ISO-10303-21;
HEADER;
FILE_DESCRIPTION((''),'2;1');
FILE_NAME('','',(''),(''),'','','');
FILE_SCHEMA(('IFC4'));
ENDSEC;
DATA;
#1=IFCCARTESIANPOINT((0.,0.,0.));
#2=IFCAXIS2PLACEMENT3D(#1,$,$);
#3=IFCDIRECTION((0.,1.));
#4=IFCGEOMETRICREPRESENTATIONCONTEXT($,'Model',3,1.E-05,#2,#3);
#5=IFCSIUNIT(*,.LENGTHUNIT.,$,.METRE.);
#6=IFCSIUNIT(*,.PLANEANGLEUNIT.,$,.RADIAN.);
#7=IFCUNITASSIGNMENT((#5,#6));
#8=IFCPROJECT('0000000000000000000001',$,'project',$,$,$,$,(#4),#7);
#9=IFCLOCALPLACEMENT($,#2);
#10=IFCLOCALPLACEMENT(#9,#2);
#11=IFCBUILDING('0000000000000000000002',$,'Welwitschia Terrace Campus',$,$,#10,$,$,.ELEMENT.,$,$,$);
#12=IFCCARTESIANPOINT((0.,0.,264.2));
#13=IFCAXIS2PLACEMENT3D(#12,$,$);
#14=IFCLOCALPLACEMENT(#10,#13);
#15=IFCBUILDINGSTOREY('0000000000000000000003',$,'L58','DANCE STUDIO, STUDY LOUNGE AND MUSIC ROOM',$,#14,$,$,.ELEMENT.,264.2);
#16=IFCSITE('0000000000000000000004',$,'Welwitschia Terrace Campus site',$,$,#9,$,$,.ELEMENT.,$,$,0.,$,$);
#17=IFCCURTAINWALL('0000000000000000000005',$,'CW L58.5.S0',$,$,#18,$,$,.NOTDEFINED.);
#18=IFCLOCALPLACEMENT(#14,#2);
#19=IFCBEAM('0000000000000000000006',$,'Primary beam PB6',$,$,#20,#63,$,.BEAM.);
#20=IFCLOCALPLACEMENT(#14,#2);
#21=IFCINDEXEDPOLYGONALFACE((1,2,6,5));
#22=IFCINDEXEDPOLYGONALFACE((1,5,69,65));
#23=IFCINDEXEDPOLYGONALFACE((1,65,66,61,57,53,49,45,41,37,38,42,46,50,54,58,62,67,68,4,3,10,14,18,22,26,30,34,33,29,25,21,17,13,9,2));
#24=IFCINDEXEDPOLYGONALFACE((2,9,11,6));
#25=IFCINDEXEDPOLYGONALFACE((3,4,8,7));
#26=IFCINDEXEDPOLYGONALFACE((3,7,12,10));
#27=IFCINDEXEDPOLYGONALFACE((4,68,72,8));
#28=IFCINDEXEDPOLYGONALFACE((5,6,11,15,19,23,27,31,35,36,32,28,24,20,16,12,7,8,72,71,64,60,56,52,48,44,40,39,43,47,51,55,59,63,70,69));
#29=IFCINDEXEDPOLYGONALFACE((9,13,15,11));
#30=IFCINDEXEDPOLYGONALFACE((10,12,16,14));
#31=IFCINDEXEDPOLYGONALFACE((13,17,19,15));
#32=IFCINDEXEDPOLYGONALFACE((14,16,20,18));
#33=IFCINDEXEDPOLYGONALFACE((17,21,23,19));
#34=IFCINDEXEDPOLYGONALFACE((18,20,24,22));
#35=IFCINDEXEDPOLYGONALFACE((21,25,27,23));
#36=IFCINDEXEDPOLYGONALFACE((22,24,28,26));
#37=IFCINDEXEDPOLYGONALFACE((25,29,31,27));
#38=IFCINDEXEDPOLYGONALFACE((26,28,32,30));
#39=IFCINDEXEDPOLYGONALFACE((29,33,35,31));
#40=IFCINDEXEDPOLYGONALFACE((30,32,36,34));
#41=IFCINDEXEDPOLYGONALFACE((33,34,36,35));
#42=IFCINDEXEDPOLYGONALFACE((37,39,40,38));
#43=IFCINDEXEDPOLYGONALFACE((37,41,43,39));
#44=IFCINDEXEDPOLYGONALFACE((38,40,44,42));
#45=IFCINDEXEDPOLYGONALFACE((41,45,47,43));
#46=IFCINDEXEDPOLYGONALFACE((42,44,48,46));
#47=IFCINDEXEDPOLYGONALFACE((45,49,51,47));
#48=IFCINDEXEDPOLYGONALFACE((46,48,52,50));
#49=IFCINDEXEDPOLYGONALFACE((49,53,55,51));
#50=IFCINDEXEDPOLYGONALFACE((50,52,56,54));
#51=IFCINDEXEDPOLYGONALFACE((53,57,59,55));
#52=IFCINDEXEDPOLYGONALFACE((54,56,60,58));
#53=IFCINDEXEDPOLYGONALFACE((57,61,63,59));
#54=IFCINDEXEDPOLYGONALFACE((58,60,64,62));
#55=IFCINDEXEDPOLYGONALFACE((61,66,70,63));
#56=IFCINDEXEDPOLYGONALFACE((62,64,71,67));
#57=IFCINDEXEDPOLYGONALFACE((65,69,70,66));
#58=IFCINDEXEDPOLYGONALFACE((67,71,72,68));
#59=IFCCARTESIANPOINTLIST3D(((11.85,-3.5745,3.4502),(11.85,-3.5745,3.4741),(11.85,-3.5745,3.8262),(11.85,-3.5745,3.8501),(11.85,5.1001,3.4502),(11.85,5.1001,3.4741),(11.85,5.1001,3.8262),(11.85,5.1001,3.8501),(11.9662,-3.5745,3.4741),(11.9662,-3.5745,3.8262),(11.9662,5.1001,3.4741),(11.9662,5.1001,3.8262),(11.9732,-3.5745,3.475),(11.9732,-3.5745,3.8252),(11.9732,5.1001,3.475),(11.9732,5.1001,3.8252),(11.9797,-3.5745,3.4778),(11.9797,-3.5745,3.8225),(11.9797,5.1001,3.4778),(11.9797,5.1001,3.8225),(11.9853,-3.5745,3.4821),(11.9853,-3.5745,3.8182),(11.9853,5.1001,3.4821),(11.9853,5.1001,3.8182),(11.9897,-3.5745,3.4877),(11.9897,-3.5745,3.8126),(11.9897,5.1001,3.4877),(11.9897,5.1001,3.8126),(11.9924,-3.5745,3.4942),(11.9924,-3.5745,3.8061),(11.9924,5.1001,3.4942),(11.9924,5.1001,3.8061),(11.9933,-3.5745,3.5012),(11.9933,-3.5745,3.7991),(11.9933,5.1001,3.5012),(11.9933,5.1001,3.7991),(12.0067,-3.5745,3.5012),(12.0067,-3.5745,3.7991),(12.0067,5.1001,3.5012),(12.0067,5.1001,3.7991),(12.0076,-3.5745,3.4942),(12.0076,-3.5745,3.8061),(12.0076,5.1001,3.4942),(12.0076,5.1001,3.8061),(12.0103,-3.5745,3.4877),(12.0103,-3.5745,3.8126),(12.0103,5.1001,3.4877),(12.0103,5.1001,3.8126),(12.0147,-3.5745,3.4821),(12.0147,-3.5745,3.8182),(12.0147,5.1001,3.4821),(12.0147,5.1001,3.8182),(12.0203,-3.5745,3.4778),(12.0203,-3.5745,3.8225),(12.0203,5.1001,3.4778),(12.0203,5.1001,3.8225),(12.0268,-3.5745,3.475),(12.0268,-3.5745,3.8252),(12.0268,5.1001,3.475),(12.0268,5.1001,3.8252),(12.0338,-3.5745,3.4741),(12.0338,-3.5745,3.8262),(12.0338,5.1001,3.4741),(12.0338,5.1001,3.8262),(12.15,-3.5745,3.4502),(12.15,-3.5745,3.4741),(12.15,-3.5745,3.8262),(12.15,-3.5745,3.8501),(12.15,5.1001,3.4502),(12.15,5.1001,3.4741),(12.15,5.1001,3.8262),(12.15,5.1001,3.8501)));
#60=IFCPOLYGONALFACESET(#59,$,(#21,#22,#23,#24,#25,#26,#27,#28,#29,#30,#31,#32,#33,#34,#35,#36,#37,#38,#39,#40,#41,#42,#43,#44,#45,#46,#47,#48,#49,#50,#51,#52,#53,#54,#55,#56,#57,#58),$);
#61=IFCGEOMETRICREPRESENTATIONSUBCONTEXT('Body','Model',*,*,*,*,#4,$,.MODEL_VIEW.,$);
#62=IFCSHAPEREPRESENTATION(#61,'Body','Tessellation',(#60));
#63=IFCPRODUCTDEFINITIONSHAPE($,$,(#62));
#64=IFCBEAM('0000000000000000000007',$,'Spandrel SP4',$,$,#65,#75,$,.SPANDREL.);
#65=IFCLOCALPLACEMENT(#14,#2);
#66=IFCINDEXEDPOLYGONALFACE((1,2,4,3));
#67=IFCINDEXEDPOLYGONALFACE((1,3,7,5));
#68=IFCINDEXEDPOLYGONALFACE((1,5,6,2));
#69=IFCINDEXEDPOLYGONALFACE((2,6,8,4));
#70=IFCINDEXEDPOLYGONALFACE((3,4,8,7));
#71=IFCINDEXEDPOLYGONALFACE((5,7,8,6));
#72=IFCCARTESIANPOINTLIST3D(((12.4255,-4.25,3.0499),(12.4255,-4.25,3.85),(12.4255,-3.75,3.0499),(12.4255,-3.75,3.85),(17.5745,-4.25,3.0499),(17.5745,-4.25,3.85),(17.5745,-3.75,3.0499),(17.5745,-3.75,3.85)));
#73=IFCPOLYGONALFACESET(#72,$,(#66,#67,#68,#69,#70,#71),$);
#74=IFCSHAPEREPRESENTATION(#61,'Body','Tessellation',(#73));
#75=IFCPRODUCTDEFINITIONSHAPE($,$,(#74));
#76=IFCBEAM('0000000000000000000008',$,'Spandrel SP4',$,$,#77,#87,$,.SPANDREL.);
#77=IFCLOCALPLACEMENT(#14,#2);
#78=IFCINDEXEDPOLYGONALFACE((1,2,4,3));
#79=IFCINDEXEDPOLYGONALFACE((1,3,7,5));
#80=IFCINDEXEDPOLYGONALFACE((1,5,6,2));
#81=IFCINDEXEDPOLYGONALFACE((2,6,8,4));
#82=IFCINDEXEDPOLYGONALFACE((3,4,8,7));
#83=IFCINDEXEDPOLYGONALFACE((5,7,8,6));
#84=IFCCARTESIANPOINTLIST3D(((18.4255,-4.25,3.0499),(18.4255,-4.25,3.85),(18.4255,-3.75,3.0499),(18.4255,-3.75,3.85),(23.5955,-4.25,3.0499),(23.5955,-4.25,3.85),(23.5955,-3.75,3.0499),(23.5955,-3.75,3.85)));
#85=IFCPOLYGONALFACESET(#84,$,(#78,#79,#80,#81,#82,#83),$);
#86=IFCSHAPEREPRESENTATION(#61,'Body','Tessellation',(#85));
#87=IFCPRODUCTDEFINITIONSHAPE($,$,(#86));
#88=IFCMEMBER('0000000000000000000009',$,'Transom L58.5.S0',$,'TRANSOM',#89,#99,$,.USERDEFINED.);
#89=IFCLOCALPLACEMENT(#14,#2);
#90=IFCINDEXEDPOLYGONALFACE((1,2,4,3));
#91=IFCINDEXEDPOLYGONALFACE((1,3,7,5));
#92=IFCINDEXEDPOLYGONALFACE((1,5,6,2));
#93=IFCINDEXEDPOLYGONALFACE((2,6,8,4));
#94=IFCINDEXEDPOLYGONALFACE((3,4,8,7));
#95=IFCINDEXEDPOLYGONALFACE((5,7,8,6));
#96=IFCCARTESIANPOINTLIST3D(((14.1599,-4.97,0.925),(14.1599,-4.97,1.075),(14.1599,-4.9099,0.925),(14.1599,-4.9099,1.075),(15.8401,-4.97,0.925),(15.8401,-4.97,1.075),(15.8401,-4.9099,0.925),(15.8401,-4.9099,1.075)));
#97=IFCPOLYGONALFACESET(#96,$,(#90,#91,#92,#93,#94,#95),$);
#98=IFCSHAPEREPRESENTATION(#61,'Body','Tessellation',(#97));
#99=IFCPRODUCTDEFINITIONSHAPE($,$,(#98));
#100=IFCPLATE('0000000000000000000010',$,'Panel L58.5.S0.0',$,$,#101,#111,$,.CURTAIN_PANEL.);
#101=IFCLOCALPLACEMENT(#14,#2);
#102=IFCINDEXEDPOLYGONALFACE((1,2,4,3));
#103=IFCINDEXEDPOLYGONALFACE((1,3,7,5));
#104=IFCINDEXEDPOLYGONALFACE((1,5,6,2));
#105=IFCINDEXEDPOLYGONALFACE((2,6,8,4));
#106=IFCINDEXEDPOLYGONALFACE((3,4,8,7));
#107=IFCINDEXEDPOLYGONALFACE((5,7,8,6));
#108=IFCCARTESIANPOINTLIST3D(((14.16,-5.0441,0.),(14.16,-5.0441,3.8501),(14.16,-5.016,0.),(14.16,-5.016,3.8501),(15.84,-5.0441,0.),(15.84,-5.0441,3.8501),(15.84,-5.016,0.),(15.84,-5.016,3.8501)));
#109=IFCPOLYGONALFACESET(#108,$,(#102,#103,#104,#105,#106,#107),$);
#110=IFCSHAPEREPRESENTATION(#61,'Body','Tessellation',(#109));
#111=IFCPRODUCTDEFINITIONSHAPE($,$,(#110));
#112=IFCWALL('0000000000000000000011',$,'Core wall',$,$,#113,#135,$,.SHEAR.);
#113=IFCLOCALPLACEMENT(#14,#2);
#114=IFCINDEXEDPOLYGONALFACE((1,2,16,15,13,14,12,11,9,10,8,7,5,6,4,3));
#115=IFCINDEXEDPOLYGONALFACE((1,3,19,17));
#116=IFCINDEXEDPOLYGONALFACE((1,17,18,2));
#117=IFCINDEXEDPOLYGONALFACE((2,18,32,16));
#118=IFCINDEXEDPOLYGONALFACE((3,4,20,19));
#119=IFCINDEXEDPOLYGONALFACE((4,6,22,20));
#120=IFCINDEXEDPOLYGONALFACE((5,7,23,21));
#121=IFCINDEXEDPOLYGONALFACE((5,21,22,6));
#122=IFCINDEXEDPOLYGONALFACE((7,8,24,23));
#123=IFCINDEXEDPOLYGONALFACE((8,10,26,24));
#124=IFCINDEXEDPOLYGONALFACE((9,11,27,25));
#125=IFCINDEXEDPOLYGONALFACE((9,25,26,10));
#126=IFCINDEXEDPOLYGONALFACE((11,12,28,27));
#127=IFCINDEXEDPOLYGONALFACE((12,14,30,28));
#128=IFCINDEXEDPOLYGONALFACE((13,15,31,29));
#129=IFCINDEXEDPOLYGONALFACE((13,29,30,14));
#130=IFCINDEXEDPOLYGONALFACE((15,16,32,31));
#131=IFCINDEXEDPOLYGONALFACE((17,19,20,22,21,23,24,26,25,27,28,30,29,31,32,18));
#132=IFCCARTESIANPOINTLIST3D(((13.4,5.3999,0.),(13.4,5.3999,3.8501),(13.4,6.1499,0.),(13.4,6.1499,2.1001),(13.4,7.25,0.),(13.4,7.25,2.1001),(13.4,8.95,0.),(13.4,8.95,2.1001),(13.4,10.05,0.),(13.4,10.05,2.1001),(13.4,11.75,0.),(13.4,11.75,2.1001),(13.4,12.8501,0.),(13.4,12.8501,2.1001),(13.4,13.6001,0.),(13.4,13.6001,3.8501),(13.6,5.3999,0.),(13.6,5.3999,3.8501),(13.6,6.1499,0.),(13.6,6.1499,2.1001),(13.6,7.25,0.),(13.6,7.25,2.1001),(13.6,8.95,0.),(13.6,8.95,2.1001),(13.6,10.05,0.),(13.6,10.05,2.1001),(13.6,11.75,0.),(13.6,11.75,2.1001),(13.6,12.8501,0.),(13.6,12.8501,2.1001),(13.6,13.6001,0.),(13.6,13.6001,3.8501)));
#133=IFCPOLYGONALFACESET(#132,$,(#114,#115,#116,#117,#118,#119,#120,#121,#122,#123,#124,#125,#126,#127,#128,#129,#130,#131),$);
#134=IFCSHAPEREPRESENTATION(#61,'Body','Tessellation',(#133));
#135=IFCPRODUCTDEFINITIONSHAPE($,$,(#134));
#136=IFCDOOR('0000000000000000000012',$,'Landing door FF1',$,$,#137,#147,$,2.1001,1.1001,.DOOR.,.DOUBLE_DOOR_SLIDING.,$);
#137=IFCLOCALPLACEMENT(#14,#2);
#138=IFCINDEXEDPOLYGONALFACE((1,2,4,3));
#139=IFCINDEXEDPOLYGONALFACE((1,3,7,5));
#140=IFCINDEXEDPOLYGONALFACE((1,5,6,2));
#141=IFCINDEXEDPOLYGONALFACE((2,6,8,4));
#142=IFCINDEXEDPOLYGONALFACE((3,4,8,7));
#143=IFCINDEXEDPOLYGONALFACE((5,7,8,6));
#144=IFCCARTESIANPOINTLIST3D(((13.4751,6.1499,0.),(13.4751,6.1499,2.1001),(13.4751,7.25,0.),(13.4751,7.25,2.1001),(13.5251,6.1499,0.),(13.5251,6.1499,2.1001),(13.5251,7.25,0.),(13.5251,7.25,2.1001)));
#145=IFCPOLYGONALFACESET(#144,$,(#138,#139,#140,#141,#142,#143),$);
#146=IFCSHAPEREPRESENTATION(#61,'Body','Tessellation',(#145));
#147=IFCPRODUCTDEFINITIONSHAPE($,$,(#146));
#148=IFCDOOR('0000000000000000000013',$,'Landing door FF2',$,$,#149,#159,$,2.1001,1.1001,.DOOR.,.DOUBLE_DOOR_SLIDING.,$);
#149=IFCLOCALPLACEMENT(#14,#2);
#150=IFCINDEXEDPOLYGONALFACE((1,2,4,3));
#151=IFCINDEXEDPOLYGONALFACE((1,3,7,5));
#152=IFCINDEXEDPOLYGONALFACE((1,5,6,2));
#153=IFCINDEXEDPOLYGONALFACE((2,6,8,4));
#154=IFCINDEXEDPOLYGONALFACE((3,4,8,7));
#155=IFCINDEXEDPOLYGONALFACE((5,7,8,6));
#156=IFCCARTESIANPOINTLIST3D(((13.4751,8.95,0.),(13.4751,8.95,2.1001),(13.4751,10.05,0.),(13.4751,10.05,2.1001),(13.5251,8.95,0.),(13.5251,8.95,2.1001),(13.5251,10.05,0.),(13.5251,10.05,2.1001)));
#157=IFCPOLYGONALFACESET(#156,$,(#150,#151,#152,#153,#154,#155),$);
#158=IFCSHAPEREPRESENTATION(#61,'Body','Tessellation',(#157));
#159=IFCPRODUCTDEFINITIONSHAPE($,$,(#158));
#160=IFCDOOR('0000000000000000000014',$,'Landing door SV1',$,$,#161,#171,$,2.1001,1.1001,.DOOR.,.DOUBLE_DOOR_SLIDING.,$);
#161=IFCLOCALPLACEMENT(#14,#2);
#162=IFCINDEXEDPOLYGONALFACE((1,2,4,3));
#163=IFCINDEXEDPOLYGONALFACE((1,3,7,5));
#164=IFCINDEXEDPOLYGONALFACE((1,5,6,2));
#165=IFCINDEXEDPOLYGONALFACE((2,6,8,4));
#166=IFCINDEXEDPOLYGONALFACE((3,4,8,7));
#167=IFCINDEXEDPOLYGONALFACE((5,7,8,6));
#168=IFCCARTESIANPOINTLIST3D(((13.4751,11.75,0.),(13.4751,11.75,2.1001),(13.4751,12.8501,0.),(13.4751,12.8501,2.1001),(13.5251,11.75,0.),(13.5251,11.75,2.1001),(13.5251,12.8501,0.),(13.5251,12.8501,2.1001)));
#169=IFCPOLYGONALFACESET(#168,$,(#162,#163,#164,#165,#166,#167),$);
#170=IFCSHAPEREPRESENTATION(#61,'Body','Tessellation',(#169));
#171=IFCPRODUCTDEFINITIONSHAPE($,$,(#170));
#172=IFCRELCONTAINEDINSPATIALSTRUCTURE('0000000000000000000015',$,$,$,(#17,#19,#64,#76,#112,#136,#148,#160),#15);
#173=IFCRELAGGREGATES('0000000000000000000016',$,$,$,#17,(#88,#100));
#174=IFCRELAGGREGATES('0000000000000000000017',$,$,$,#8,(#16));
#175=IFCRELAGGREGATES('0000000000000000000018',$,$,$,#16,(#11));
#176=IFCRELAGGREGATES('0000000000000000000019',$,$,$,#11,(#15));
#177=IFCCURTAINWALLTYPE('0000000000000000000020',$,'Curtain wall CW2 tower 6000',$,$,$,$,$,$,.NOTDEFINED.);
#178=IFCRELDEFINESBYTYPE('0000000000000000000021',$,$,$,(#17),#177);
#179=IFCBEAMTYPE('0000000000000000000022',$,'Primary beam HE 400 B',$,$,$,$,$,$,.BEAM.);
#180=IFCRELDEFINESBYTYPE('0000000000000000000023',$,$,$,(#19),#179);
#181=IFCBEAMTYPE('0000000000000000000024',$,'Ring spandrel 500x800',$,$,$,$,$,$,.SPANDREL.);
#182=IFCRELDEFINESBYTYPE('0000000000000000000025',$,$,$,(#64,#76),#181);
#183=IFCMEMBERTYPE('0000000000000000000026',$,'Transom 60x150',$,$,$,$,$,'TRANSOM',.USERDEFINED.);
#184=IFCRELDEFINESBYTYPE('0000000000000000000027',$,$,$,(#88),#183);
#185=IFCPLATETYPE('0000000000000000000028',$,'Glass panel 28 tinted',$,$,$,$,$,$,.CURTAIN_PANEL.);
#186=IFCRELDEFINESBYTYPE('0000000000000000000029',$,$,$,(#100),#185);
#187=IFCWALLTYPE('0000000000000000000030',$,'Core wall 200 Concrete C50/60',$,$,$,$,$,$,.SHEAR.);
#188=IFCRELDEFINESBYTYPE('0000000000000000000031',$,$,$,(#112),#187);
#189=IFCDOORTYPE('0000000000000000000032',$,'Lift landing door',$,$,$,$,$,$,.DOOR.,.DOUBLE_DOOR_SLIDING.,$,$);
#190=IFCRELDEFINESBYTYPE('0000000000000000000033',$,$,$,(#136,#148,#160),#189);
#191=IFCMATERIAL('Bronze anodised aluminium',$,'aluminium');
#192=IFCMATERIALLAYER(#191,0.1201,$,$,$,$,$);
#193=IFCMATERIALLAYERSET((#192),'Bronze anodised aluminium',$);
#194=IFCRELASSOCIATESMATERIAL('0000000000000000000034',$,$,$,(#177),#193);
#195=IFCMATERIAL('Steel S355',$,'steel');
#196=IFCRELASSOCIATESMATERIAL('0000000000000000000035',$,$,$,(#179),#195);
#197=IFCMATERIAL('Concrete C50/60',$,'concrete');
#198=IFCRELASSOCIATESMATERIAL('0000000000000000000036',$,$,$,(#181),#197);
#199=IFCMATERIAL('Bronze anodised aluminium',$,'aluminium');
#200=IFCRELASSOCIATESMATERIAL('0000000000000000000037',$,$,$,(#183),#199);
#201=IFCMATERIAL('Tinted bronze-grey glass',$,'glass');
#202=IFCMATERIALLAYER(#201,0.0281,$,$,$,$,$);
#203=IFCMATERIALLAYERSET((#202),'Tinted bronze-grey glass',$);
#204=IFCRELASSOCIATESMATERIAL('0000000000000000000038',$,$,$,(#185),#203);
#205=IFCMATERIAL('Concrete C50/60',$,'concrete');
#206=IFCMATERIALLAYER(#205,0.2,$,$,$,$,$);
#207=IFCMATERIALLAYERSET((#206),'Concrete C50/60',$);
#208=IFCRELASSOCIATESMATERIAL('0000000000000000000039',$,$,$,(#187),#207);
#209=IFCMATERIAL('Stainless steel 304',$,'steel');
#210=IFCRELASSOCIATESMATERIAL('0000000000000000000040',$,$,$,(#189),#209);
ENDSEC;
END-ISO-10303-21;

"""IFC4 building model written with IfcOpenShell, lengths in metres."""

from ifc_helpers import new_model, si_unit, direction, frame, frame_2d, origin, origin_2d, place, context, subcontext, project, spatial, rectangle, i_section, extrude, material, layer, layer_set, material_profile, profile_set, type_object, element, fill, aggregate, save


model = new_model("IFC4")

# Units and contexts
model_context = context("Model", 3, precision=1e-05, world=origin(), true_north=direction((0.0, 1.0)))
body_context = subcontext(model_context, "Body", "Model", "MODEL_VIEW")
ifc_project = project(units=[si_unit("LENGTHUNIT", "METRE"), si_unit("PLANEANGLEUNIT", "RADIAN")], contexts=[model_context])

# Site, building, storey
site_placement = place(None, origin())
site = spatial("IfcSite", under=ifc_project, at=site_placement, Name="Welwitschia Terrace Campus site", CompositionType="ELEMENT", RefElevation=0.0)
building_placement = place(site_placement, origin())
building = spatial("IfcBuilding", under=site, at=building_placement, Name="Welwitschia Terrace Campus", CompositionType="ELEMENT")
storey_placement = place(building_placement, frame((0.0, 0.0, 264.2)))
storey = spatial("IfcBuildingStorey", under=building, at=storey_placement, Name="L58", Description="DANCE STUDIO, STUDY LOUNGE AND MUSIC ROOM", CompositionType="ELEMENT", Elevation=264.2)

# Curtain wall
ifc_material_1 = material(Name="Bronze anodised aluminium", Category="aluminium")
ifc_layer_1 = layer(ifc_material_1, 0.1201)
ifc_layer_set_1 = layer_set([ifc_layer_1], Name="Bronze anodised aluminium")
curtain_wall_type = type_object("IfcCurtainWallType", Name="Curtain wall CW2 tower 6000", PredefinedType="NOTDEFINED", material=ifc_layer_set_1)
curtain_wall_placement = place(storey_placement, origin())
curtain_wall = element("IfcCurtainWall", 1, at=curtain_wall_placement, inside=storey, type_object=curtain_wall_type, Name="CW L58.5.S0", PredefinedType="NOTDEFINED")

# Beams
ifc_material_2 = material(Name="Steel S355", Category="steel")
ifc_material_profile_1 = material_profile(ifc_material_2, i_section(OverallWidth=0.3, OverallDepth=0.3999, WebThickness=0.0134, FlangeThickness=0.0239, FilletRadius=0.0271, at=origin_2d()))
ifc_profile_set_1 = profile_set([ifc_material_profile_1], Name="Steel S355")
beam_type_1 = type_object("IfcBeamType", Name="Primary beam HE 400 B", PredefinedType="BEAM", material=ifc_profile_set_1)
beam_1_placement = place(storey_placement, frame((12.0, -3.5745, 3.6501), z_axis=(0.0, 1.0, 0.0), x_axis=(-1.0, 0.0, 0.0)))
element("IfcBeam", 2, at=beam_1_placement, inside=storey, type_object=beam_type_1, Name="Primary beam PB6", PredefinedType="BEAM", context=body_context, shape_type="SweptSolid", body=[
    extrude(i_section(OverallWidth=0.3, OverallDepth=0.3999, WebThickness=0.0134, FlangeThickness=0.0239, FilletRadius=0.0271, at=origin_2d()), origin(), (0.0, 0.0, 1.0), 8.6746),
])
ifc_material_3 = material(Name="Concrete C50/60", Category="concrete")
ifc_material_profile_2 = material_profile(ifc_material_3, rectangle(XDim=0.5, YDim=0.8, at=origin_2d()))
ifc_profile_set_2 = profile_set([ifc_material_profile_2], Name="Concrete C50/60")
beam_type_2 = type_object("IfcBeamType", Name="Ring spandrel 500x800", PredefinedType="SPANDREL", material=ifc_profile_set_2)
beam_2_placement = place(storey_placement, frame((12.4255, -4.0, 3.45), z_axis=(1.0, 0.0, 0.0), x_axis=(0.0, 1.0, 0.0)))
element("IfcBeam", 3, at=beam_2_placement, inside=storey, type_object=beam_type_2, Name="Spandrel SP4", PredefinedType="SPANDREL", context=body_context, shape_type="SweptSolid", body=[
    extrude(rectangle(XDim=0.5, YDim=0.8, at=origin_2d()), origin(), (0.0, 0.0, 1.0), 5.1489),
])
beam_3_placement = place(storey_placement, frame((18.4255, -4.0, 3.45), z_axis=(1.0, 0.0, 0.0), x_axis=(0.0, 1.0, 0.0)))
element("IfcBeam", 4, at=beam_3_placement, inside=storey, type_object=beam_type_2, Name="Spandrel SP4", PredefinedType="SPANDREL", context=body_context, shape_type="SweptSolid", body=[
    extrude(rectangle(XDim=0.5, YDim=0.8, at=origin_2d()), origin(), (0.0, 0.0, 1.0), 5.1699),
])

# Member
ifc_material_4 = material(Name="Bronze anodised aluminium", Category="aluminium")
ifc_material_profile_3 = material_profile(ifc_material_4, rectangle(XDim=0.0601, YDim=0.1499, at=origin_2d()))
ifc_profile_set_3 = profile_set([ifc_material_profile_3], Name="Bronze anodised aluminium")
member_type_1 = type_object("IfcMemberType", Name="Transom 60x150", ElementType="TRANSOM", PredefinedType="USERDEFINED", material=ifc_profile_set_3)
member_1_placement = place(storey_placement, frame((14.1599, -4.9399, 1.0), z_axis=(1.0, 0.0, 0.0), x_axis=(0.0, 1.0, 0.0)))
member_1 = element("IfcMember", 5, at=member_1_placement, type_object=member_type_1, Name="Transom L58.5.S0", ObjectType="TRANSOM", PredefinedType="USERDEFINED", context=body_context, shape_type="SweptSolid", body=[
    extrude(rectangle(XDim=0.0601, YDim=0.1499, at=origin_2d()), origin(), (0.0, 0.0, 1.0), 1.6802),
])

# Plate
ifc_material_5 = material(Name="Tinted bronze-grey glass", Category="glass")
ifc_layer_2 = layer(ifc_material_5, 0.0281)
ifc_layer_set_2 = layer_set([ifc_layer_2], Name="Tinted bronze-grey glass")
plate_type = type_object("IfcPlateType", Name="Glass panel 28 tinted", PredefinedType="CURTAIN_PANEL", material=ifc_layer_set_2)
plate_placement = place(storey_placement, frame((15.0, -5.03, 0.0), z_axis=(0.0, 0.0, 1.0), x_axis=(1.0, 0.0, 0.0)))
plate = element("IfcPlate", 6, at=plate_placement, type_object=plate_type, Name="Panel L58.5.S0.0", PredefinedType="CURTAIN_PANEL", context=body_context, shape_type="SweptSolid", body=[
    extrude(rectangle(XDim=1.6799, YDim=0.0281, at=origin_2d()), origin(), (0.0, 0.0, 1.0), 3.8501),
])
aggregate(curtain_wall, [member_1, plate])

# Wall, openings, doors
ifc_material_6 = material(Name="Concrete C50/60", Category="concrete")
ifc_layer_3 = layer(ifc_material_6, 0.2)
ifc_layer_set_3 = layer_set([ifc_layer_3], Name="Concrete C50/60")
wall_type_1 = type_object("IfcWallType", Name="Core wall 200 Concrete C50/60", PredefinedType="SHEAR", material=ifc_layer_set_3)
wall_1_placement = place(storey_placement, frame((13.5, 5.3999, 0.0), z_axis=(0.0, 0.0, 1.0), x_axis=(0.0, 1.0, 0.0)))
wall_1 = element("IfcWall", 7, at=wall_1_placement, inside=storey, type_object=wall_type_1, Name="Core wall", PredefinedType="SHEAR", context=body_context, shape_type="SweptSolid", body=[
    extrude(rectangle(XDim=8.2002, YDim=0.2, at=frame_2d((4.1001, 0.0))), origin(), (0.0, 0.0, 1.0), 3.8501),
])
opening_1_placement = place(wall_1_placement, frame((0.75, 0.0, 0.0)))
opening_1 = element("IfcOpeningElement", 8, at=opening_1_placement, cuts=wall_1, PredefinedType="OPENING", context=body_context, shape_type="SweptSolid", body=[
    extrude(rectangle(XDim=1.1001, YDim=2.1001, at=frame_2d((0.55, 1.05))), frame((0.0, 0.1099, 0.0), z_axis=(0.0, -1.0, 0.0), x_axis=(1.0, 0.0, 0.0)), (0.0, 0.0, 1.0), 0.22),
])
opening_2_placement = place(wall_1_placement, frame((3.55, 0.0, 0.0)))
opening_2 = element("IfcOpeningElement", 9, at=opening_2_placement, cuts=wall_1, PredefinedType="OPENING", context=body_context, shape_type="SweptSolid", body=[
    extrude(rectangle(XDim=1.1001, YDim=2.1001, at=frame_2d((0.55, 1.05))), frame((0.0, 0.1099, 0.0), z_axis=(0.0, -1.0, 0.0), x_axis=(1.0, 0.0, 0.0)), (0.0, 0.0, 1.0), 0.22),
])
opening_3_placement = place(wall_1_placement, frame((6.3501, 0.0, 0.0)))
opening_3 = element("IfcOpeningElement", 10, at=opening_3_placement, cuts=wall_1, PredefinedType="OPENING", context=body_context, shape_type="SweptSolid", body=[
    extrude(rectangle(XDim=1.1001, YDim=2.1001, at=frame_2d((0.55, 1.05))), frame((0.0, 0.1099, 0.0), z_axis=(0.0, -1.0, 0.0), x_axis=(1.0, 0.0, 0.0)), (0.0, 0.0, 1.0), 0.22),
])
ifc_material_7 = material(Name="Stainless steel 304", Category="steel")
door_type = type_object("IfcDoorType", Name="Lift landing door", OperationType="DOUBLE_DOOR_SLIDING", PredefinedType="DOOR", material=ifc_material_7)
door_1_placement = place(opening_1_placement, origin())
door_1 = element("IfcDoor", 11, at=door_1_placement, inside=storey, type_object=door_type, Name="Landing door FF1", OperationType="DOUBLE_DOOR_SLIDING", OverallHeight=2.1001, OverallWidth=1.1001, PredefinedType="DOOR", context=body_context, shape_type="SweptSolid", body=[
    extrude(rectangle(XDim=1.1001, YDim=2.1001, at=frame_2d((0.55, 1.05))), frame((0.0, 0.0249, 0.0), z_axis=(0.0, -1.0, 0.0), x_axis=(1.0, 0.0, 0.0)), (0.0, 0.0, 1.0), 0.05),
])
fill(opening_1, door_1)
door_2_placement = place(opening_2_placement, origin())
door_2 = element("IfcDoor", 12, at=door_2_placement, inside=storey, type_object=door_type, Name="Landing door FF2", OperationType="DOUBLE_DOOR_SLIDING", OverallHeight=2.1001, OverallWidth=1.1001, PredefinedType="DOOR", context=body_context, shape_type="SweptSolid", body=[
    extrude(rectangle(XDim=1.1001, YDim=2.1001, at=frame_2d((0.55, 1.05))), frame((0.0, 0.0249, 0.0), z_axis=(0.0, -1.0, 0.0), x_axis=(1.0, 0.0, 0.0)), (0.0, 0.0, 1.0), 0.05),
])
fill(opening_2, door_2)
door_3_placement = place(opening_3_placement, origin())
door_3 = element("IfcDoor", 13, at=door_3_placement, inside=storey, type_object=door_type, Name="Landing door SV1", OperationType="DOUBLE_DOOR_SLIDING", OverallHeight=2.1001, OverallWidth=1.1001, PredefinedType="DOOR", context=body_context, shape_type="SweptSolid", body=[
    extrude(rectangle(XDim=1.1001, YDim=2.1001, at=frame_2d((0.55, 1.05))), frame((0.0, 0.0249, 0.0), z_axis=(0.0, -1.0, 0.0), x_axis=(1.0, 0.0, 0.0)), (0.0, 0.0, 1.0), 0.05),
])
fill(opening_3, door_3)

save(model, "model.ifc")
